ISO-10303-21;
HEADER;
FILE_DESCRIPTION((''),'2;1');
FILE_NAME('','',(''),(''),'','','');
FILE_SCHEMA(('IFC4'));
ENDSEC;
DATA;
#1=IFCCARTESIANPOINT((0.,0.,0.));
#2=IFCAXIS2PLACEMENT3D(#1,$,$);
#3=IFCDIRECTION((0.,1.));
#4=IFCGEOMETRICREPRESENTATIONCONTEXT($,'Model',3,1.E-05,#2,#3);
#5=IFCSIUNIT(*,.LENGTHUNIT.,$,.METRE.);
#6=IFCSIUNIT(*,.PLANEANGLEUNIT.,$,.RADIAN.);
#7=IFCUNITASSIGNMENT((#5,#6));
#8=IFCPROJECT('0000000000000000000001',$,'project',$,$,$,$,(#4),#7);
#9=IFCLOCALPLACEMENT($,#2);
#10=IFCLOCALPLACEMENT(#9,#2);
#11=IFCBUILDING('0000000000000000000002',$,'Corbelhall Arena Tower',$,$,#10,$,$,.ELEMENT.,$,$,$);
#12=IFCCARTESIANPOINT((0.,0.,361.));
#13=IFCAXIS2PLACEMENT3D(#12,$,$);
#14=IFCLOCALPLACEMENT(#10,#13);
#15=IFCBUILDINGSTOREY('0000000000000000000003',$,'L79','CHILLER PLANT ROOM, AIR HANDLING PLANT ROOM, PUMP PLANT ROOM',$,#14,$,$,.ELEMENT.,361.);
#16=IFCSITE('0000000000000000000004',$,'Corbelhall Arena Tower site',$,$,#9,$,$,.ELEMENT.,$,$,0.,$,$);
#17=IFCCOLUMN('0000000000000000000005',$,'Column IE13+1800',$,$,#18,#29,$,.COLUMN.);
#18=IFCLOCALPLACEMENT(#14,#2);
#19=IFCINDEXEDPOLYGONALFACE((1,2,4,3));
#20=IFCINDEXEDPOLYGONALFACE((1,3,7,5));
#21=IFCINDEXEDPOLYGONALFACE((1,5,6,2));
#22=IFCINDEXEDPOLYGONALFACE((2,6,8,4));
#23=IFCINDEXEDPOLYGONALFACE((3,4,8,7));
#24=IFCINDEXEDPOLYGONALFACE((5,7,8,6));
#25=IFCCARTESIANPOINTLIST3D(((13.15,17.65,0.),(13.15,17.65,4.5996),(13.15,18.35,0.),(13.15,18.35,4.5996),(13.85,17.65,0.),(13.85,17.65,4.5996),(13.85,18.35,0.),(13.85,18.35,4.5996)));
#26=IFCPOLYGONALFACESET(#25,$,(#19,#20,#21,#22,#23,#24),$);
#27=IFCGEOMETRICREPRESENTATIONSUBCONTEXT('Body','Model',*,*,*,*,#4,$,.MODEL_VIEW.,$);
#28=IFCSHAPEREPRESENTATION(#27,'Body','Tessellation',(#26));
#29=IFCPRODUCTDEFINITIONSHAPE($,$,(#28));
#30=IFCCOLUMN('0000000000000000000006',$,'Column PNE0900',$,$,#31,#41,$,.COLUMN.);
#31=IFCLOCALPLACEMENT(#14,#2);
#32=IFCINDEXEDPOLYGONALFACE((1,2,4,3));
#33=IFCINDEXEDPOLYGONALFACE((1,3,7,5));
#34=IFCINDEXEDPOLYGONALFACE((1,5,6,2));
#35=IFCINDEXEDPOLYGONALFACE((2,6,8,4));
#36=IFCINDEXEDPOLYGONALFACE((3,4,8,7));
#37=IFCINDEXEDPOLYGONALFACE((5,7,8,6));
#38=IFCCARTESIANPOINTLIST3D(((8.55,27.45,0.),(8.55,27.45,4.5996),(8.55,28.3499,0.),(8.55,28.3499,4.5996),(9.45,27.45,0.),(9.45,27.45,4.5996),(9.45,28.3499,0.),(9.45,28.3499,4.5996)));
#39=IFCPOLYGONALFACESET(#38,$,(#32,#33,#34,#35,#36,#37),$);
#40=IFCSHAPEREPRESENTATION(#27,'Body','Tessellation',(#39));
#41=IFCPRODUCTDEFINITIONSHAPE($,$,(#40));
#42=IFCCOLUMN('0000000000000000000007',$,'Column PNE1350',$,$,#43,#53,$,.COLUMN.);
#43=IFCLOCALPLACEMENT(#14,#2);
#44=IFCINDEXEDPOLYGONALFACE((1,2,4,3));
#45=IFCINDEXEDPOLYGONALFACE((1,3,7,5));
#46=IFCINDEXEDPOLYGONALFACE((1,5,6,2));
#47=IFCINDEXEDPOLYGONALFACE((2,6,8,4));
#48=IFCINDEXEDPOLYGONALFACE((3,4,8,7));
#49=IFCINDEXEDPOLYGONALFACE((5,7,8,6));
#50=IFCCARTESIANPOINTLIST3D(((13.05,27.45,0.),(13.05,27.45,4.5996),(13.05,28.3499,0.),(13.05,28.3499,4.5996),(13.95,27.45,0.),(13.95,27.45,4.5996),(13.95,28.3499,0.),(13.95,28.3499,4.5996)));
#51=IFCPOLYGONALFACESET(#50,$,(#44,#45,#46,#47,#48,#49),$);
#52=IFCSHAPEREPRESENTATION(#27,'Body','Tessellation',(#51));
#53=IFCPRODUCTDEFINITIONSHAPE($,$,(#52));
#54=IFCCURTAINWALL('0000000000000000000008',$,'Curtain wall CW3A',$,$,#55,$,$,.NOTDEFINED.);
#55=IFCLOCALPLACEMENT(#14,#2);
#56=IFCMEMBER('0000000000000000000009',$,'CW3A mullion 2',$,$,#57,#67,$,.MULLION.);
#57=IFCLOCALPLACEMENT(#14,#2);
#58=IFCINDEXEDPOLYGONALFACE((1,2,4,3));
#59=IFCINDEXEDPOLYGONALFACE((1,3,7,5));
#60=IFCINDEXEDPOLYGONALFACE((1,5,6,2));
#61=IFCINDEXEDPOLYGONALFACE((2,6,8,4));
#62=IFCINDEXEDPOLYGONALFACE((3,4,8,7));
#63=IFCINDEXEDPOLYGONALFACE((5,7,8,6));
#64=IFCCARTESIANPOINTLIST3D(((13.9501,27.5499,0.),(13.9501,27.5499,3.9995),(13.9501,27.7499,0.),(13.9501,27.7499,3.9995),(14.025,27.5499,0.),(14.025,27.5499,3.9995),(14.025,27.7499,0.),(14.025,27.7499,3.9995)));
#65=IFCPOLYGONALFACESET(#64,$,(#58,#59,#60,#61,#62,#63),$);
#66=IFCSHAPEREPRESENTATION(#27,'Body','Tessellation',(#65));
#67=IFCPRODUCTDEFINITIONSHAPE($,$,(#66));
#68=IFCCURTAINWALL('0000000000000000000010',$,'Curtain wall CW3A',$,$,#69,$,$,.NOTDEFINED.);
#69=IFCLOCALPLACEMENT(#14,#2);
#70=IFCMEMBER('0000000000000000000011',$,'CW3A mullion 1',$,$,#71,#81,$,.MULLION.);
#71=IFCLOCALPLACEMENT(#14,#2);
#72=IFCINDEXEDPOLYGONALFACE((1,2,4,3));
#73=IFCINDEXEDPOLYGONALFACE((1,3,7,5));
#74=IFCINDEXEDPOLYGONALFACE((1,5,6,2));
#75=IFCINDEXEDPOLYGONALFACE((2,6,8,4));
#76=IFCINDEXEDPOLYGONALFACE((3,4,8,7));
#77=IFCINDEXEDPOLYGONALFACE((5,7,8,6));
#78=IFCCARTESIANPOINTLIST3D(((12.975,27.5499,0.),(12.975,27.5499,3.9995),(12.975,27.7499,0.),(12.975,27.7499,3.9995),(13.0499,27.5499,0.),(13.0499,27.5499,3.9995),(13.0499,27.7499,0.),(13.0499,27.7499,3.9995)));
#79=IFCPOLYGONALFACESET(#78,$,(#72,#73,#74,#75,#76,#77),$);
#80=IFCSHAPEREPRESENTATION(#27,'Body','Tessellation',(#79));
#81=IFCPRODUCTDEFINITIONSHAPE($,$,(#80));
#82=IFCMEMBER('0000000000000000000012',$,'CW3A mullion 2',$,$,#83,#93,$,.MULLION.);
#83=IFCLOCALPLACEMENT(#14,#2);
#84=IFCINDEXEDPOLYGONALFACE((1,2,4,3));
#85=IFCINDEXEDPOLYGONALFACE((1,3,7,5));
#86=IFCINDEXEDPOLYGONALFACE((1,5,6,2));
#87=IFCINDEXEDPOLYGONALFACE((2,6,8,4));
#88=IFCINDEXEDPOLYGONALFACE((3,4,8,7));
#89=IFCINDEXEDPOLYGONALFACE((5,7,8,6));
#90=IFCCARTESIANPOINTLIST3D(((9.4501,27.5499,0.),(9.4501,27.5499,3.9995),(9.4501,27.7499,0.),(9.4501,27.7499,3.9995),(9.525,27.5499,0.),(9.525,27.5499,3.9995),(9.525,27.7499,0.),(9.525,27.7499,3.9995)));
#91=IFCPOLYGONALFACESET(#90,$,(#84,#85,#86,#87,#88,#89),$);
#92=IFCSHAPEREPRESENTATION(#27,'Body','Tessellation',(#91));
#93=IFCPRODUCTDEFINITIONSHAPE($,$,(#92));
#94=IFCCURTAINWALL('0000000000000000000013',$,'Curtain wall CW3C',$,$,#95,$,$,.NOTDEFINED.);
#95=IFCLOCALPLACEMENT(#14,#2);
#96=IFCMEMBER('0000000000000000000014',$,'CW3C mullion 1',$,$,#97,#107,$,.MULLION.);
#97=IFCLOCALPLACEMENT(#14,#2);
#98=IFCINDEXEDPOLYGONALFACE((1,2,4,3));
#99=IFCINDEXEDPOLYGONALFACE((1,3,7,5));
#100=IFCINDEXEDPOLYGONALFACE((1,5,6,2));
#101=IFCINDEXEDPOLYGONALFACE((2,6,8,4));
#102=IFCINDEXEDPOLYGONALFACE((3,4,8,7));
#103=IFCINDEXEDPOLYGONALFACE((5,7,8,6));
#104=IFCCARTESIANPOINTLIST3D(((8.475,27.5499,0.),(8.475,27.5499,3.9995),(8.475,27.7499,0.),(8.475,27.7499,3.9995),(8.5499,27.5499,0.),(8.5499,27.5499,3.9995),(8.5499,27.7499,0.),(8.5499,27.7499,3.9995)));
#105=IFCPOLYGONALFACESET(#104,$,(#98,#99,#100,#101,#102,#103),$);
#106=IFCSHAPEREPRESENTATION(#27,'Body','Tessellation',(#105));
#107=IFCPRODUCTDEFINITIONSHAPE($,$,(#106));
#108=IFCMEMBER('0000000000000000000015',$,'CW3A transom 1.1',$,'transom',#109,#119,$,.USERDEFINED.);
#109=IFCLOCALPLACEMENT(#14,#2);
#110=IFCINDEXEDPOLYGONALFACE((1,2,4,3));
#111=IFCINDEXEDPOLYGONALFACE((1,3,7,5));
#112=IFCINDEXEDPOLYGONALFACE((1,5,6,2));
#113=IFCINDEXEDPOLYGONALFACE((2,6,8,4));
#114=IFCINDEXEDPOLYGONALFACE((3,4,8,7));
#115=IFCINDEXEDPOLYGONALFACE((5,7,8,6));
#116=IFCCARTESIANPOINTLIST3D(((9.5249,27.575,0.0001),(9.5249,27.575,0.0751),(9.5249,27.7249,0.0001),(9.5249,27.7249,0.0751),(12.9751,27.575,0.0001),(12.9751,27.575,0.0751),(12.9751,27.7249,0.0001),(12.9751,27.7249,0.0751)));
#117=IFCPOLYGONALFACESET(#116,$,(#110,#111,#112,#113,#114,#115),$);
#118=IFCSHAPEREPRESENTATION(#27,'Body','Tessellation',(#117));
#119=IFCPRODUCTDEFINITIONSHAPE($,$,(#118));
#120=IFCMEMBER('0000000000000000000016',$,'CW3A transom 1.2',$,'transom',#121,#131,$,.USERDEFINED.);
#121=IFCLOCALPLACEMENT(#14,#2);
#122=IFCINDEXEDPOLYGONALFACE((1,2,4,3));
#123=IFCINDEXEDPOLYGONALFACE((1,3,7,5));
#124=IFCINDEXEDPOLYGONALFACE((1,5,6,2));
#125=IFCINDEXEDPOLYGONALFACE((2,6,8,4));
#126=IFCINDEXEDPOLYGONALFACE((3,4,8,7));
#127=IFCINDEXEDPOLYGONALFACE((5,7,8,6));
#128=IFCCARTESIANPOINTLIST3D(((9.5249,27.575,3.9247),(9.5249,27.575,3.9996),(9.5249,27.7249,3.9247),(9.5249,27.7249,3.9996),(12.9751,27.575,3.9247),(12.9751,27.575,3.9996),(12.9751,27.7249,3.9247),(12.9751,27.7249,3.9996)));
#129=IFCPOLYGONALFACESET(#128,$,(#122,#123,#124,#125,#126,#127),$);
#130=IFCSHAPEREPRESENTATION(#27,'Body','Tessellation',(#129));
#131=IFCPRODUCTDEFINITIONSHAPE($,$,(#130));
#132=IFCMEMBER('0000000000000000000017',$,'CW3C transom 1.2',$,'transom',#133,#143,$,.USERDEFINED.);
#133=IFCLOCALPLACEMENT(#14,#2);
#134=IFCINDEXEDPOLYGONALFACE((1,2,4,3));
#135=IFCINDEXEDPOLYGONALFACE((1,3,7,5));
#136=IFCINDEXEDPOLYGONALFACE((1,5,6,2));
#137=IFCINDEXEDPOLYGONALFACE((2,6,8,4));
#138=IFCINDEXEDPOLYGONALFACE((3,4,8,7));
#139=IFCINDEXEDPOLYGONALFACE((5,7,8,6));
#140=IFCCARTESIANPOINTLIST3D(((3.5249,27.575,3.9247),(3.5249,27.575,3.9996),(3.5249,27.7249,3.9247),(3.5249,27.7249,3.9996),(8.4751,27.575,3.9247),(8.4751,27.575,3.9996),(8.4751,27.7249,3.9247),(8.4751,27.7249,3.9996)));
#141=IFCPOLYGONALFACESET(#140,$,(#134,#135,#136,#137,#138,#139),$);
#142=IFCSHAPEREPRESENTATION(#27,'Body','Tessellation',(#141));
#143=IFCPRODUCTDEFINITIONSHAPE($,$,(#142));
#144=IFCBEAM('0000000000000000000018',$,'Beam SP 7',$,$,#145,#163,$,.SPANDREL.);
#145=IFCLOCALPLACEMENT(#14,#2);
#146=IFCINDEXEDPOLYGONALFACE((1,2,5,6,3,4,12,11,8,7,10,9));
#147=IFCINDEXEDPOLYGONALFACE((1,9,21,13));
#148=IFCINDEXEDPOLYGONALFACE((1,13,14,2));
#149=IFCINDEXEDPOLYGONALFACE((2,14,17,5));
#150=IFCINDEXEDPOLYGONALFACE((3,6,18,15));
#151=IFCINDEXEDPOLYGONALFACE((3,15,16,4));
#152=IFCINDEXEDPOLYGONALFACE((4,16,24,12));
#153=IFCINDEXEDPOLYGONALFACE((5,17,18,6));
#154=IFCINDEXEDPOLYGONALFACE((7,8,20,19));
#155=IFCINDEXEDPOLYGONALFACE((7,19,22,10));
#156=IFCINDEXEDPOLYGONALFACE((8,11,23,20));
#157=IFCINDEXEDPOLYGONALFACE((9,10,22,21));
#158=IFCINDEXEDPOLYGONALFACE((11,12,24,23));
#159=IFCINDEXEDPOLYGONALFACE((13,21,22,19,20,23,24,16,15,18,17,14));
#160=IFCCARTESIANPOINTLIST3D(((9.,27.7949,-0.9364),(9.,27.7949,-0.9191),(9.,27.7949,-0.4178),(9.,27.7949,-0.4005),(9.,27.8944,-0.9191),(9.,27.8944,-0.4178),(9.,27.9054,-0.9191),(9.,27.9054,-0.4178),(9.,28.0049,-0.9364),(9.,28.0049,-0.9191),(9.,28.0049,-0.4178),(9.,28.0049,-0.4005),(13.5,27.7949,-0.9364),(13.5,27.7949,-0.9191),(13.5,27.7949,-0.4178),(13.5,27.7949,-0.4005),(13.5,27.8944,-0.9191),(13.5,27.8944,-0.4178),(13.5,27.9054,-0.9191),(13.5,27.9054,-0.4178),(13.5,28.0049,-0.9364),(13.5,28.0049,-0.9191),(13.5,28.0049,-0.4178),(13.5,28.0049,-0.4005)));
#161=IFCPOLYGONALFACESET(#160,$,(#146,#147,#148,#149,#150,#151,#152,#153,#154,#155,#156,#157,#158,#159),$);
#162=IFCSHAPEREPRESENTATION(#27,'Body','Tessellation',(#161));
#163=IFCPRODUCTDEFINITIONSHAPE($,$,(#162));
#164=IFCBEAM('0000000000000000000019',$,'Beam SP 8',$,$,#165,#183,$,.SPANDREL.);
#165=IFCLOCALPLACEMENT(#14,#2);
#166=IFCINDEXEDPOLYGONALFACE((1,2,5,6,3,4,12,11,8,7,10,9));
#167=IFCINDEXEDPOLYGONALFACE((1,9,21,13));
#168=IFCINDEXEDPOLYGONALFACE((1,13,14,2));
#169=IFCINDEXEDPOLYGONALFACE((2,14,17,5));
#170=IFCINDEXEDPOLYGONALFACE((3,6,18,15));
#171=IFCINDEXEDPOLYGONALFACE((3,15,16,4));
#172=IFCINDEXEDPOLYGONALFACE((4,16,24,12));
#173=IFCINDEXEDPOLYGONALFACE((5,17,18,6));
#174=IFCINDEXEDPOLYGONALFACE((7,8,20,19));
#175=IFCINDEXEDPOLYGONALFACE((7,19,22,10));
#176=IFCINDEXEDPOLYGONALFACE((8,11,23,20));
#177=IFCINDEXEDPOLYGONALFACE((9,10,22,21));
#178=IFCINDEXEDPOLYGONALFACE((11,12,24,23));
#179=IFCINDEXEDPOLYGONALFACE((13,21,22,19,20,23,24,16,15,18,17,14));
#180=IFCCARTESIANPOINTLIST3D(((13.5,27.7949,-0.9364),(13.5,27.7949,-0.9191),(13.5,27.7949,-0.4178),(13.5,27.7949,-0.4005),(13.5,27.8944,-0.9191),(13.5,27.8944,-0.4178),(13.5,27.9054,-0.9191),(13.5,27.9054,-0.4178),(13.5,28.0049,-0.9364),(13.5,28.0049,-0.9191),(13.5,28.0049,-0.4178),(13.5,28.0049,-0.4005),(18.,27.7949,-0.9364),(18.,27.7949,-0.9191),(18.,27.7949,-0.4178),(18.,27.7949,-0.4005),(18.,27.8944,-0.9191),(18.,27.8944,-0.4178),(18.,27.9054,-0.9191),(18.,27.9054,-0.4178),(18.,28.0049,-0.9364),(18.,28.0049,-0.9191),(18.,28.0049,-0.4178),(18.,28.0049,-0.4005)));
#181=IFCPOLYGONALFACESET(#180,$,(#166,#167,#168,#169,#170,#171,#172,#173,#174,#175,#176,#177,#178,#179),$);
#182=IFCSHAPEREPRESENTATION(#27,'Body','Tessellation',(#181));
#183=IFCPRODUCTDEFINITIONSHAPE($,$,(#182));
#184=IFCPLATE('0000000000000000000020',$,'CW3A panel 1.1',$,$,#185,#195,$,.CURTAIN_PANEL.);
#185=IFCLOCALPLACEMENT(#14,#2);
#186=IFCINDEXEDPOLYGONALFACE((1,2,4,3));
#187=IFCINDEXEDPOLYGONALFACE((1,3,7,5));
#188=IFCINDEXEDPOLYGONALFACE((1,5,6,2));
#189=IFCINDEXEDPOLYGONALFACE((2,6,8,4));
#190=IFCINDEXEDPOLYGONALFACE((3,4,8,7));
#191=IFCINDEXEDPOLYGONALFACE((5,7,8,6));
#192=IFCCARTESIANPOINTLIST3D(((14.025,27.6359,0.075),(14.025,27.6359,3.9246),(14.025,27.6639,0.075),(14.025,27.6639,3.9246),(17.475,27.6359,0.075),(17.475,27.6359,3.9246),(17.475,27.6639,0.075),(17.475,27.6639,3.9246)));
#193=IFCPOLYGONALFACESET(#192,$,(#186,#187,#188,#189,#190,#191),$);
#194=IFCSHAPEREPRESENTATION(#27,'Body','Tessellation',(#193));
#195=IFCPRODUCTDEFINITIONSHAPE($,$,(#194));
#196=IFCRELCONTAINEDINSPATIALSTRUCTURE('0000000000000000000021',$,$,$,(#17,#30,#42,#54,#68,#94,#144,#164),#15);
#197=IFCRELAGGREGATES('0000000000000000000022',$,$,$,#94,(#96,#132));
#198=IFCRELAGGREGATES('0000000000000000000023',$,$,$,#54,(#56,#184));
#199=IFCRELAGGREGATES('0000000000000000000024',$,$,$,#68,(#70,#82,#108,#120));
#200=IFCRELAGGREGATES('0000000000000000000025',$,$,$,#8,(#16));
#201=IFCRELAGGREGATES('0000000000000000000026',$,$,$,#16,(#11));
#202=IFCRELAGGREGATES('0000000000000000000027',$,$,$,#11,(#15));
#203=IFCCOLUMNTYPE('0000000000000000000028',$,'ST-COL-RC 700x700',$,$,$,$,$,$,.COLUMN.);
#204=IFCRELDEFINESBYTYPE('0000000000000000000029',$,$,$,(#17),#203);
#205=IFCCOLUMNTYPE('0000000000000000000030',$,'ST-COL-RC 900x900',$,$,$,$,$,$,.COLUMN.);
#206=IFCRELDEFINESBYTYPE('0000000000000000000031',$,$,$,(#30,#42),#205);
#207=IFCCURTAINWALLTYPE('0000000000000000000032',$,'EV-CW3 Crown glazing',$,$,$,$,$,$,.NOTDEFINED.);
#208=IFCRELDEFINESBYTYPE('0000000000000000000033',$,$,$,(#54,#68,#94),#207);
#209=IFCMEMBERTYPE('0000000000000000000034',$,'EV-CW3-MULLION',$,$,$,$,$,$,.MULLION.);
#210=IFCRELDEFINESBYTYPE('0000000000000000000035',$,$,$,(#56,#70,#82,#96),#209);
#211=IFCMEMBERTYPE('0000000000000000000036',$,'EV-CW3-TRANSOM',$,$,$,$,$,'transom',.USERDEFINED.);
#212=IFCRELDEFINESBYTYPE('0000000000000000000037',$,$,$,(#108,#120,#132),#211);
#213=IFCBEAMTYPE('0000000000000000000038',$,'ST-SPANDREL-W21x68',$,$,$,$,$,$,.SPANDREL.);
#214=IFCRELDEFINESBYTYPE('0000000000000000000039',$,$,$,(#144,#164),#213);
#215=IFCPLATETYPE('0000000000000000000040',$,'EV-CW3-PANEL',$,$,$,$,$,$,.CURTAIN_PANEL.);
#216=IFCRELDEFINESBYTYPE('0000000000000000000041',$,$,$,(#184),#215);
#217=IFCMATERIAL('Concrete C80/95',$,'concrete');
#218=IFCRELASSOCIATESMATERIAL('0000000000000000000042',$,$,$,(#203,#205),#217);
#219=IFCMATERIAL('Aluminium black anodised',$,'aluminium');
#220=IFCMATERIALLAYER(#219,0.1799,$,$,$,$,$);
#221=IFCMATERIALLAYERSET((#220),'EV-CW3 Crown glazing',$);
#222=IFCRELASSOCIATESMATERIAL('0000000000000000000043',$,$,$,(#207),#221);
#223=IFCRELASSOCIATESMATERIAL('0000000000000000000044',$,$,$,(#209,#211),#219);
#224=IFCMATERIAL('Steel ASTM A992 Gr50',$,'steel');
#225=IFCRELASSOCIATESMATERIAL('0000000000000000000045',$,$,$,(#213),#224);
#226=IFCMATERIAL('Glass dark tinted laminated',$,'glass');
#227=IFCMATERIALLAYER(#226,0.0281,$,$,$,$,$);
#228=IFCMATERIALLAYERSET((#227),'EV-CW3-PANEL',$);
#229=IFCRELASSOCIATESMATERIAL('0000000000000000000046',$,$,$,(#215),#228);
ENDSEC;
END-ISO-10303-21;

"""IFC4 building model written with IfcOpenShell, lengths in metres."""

from ifc_helpers import new_model, si_unit, direction, frame, origin, origin_2d, place, context, subcontext, project, spatial, rectangle, i_section, extrude, material, layer, layer_set, material_profile, profile_set, type_object, element, aggregate, save


model = new_model("IFC4")

# Units and contexts
model_context = context("Model", 3, precision=1e-05, world=origin(), true_north=direction((0.0, 1.0)))
body_context = subcontext(model_context, "Body", "Model", "MODEL_VIEW")
ifc_project = project(units=[si_unit("LENGTHUNIT", "METRE"), si_unit("PLANEANGLEUNIT", "RADIAN")], contexts=[model_context])

# Site, building, storey
site_placement = place(None, origin())
site = spatial("IfcSite", under=ifc_project, at=site_placement, Name="Corbelhall Arena Tower site", CompositionType="ELEMENT", RefElevation=0.0)
building_placement = place(site_placement, origin())
building = spatial("IfcBuilding", under=site, at=building_placement, Name="Corbelhall Arena Tower", CompositionType="ELEMENT")
storey_placement = place(building_placement, frame((0.0, 0.0, 361.0)))
storey = spatial("IfcBuildingStorey", under=building, at=storey_placement, Name="L79", Description="CHILLER PLANT ROOM, AIR HANDLING PLANT ROOM, PUMP PLANT ROOM", CompositionType="ELEMENT", Elevation=361.0)

# Columns
ifc_material_1 = material(Name="Concrete C80/95", Category="concrete")
ifc_material_profile_1 = material_profile(ifc_material_1, rectangle(XDim=0.7, YDim=0.7, at=origin_2d()))
ifc_profile_set_1 = profile_set([ifc_material_profile_1], Name="Concrete C80/95")
column_type_1 = type_object("IfcColumnType", Name="ST-COL-RC 700x700", PredefinedType="COLUMN", material=ifc_profile_set_1)
column_placement = place(storey_placement, frame((13.5, 18.0, 0.0), z_axis=(0.0, 0.0, 1.0), x_axis=(1.0, 0.0, 0.0)))
element("IfcColumn", 1, at=column_placement, inside=storey, type_object=column_type_1, Name="Column IE13+1800", PredefinedType="COLUMN", context=body_context, shape_type="SweptSolid", body=[
    extrude(rectangle(XDim=0.7, YDim=0.7, at=origin_2d()), origin(), (0.0, 0.0, 1.0), 4.5996),
])
ifc_material_profile_2 = material_profile(ifc_material_1, rectangle(XDim=0.8999, YDim=0.8999, at=origin_2d()))
ifc_profile_set_2 = profile_set([ifc_material_profile_2], Name="Concrete C80/95")
column_type_2 = type_object("IfcColumnType", Name="ST-COL-RC 900x900", PredefinedType="COLUMN", material=ifc_profile_set_2)
for number, where, z_axis, x_axis, name in (
    (2, (9.0, 27.8999, 0.0), (0.0, 0.0, 1.0), (1.0, 0.0, 0.0), "Column PNE0900"),
    (3, (13.5, 27.8999, 0.0), (0.0, 0.0, 1.0), (1.0, 0.0, 0.0), "Column PNE1350"),
):
    element("IfcColumn", number, at=place(storey_placement, frame(where, z_axis=z_axis, x_axis=x_axis)), inside=storey, type_object=column_type_2, Name=name, PredefinedType="COLUMN", context=body_context, shape_type="SweptSolid", body=[
        extrude(rectangle(XDim=0.8999, YDim=0.8999, at=origin_2d()), origin(), (0.0, 0.0, 1.0), 4.5996),
    ])

# Curtain wall, member
ifc_material_2 = material(Name="Aluminium black anodised", Category="aluminium")
ifc_layer_1 = layer(ifc_material_2, 0.1799)
ifc_layer_set_1 = layer_set([ifc_layer_1], Name="EV-CW3 Crown glazing")
curtain_wall_type = type_object("IfcCurtainWallType", Name="EV-CW3 Crown glazing", PredefinedType="NOTDEFINED", material=ifc_layer_set_1)
curtain_wall_1_placement = place(storey_placement, origin())
curtain_wall_1 = element("IfcCurtainWall", 4, at=curtain_wall_1_placement, inside=storey, type_object=curtain_wall_type, Name="Curtain wall CW3A", PredefinedType="NOTDEFINED")
ifc_material_profile_3 = material_profile(ifc_material_2, rectangle(XDim=0.2, YDim=0.075, at=origin_2d()))
ifc_profile_set_3 = profile_set([ifc_material_profile_3], Name="Aluminium black anodised")
member_type_1 = type_object("IfcMemberType", Name="EV-CW3-MULLION", PredefinedType="MULLION", material=ifc_profile_set_3)
member_1_placement = place(storey_placement, frame((13.9875, 27.6499, 0.0), z_axis=(0.0, 0.0, 1.0), x_axis=(0.0, -1.0, 0.0)))
member_1 = element("IfcMember", 5, at=member_1_placement, type_object=member_type_1, Name="CW3A mullion 2", PredefinedType="MULLION", context=body_context, shape_type="SweptSolid", body=[
    extrude(rectangle(XDim=0.2, YDim=0.075, at=origin_2d()), origin(), (0.0, 0.0, 1.0), 3.9995),
])

# Curtain wall, members
curtain_wall_2_placement = place(storey_placement, origin())
curtain_wall_2 = element("IfcCurtainWall", 6, at=curtain_wall_2_placement, inside=storey, type_object=curtain_wall_type, Name="Curtain wall CW3A", PredefinedType="NOTDEFINED")
member_2_placement = place(storey_placement, frame((13.0125, 27.6499, 0.0), z_axis=(0.0, 0.0, 1.0), x_axis=(0.0, -1.0, 0.0)))
member_2 = element("IfcMember", 7, at=member_2_placement, type_object=member_type_1, Name="CW3A mullion 1", PredefinedType="MULLION", context=body_context, shape_type="SweptSolid", body=[
    extrude(rectangle(XDim=0.2, YDim=0.075, at=origin_2d()), origin(), (0.0, 0.0, 1.0), 3.9995),
])
member_3_placement = place(storey_placement, frame((9.4875, 27.6499, 0.0), z_axis=(0.0, 0.0, 1.0), x_axis=(0.0, -1.0, 0.0)))
member_3 = element("IfcMember", 8, at=member_3_placement, type_object=member_type_1, Name="CW3A mullion 2", PredefinedType="MULLION", context=body_context, shape_type="SweptSolid", body=[
    extrude(rectangle(XDim=0.2, YDim=0.075, at=origin_2d()), origin(), (0.0, 0.0, 1.0), 3.9995),
])

# Curtain wall, member
curtain_wall_3_placement = place(storey_placement, origin())
curtain_wall_3 = element("IfcCurtainWall", 9, at=curtain_wall_3_placement, inside=storey, type_object=curtain_wall_type, Name="Curtain wall CW3C", PredefinedType="NOTDEFINED")
member_4_placement = place(storey_placement, frame((8.5125, 27.6499, 0.0), z_axis=(0.0, 0.0, 1.0), x_axis=(0.0, -1.0, 0.0)))
member_4 = element("IfcMember", 10, at=member_4_placement, type_object=member_type_1, Name="CW3C mullion 1", PredefinedType="MULLION", context=body_context, shape_type="SweptSolid", body=[
    extrude(rectangle(XDim=0.2, YDim=0.075, at=origin_2d()), origin(), (0.0, 0.0, 1.0), 3.9995),
])

# Members
ifc_material_profile_4 = material_profile(ifc_material_2, rectangle(XDim=0.1499, YDim=0.075, at=origin_2d()))
ifc_profile_set_4 = profile_set([ifc_material_profile_4], Name="Aluminium black anodised")
member_type_2 = type_object("IfcMemberType", Name="EV-CW3-TRANSOM", ElementType="transom", PredefinedType="USERDEFINED", material=ifc_profile_set_4)
member_5_placement = place(storey_placement, frame((12.9751, 27.6499, 0.0376), z_axis=(-1.0, 0.0, 0.0), x_axis=(0.0, -1.0, 0.0)))
member_5 = element("IfcMember", 11, at=member_5_placement, type_object=member_type_2, Name="CW3A transom 1.1", ObjectType="transom", PredefinedType="USERDEFINED", context=body_context, shape_type="SweptSolid", body=[
    extrude(rectangle(XDim=0.1499, YDim=0.075, at=origin_2d()), origin(), (0.0, 0.0, 1.0), 3.4502),
])
member_6_placement = place(storey_placement, frame((12.9751, 27.6499, 3.9622), z_axis=(-1.0, 0.0, 0.0), x_axis=(0.0, -1.0, 0.0)))
member_6 = element("IfcMember", 12, at=member_6_placement, type_object=member_type_2, Name="CW3A transom 1.2", ObjectType="transom", PredefinedType="USERDEFINED", context=body_context, shape_type="SweptSolid", body=[
    extrude(rectangle(XDim=0.1499, YDim=0.075, at=origin_2d()), origin(), (0.0, 0.0, 1.0), 3.4502),
])
member_7_placement = place(storey_placement, frame((8.4751, 27.6499, 3.9622), z_axis=(-1.0, 0.0, 0.0), x_axis=(0.0, -1.0, 0.0)))
member_7 = element("IfcMember", 13, at=member_7_placement, type_object=member_type_2, Name="CW3C transom 1.2", ObjectType="transom", PredefinedType="USERDEFINED", context=body_context, shape_type="SweptSolid", body=[
    extrude(rectangle(XDim=0.1499, YDim=0.075, at=origin_2d()), origin(), (0.0, 0.0, 1.0), 4.9502),
])
aggregate(curtain_wall_3, [member_4, member_7])

# Beams
ifc_material_3 = material(Name="Steel ASTM A992 Gr50", Category="steel")
ifc_material_profile_5 = material_profile(ifc_material_3, i_section(OverallWidth=0.21, OverallDepth=0.5359, WebThickness=0.011, FlangeThickness=0.0173, at=origin_2d()))
ifc_profile_set_5 = profile_set([ifc_material_profile_5], Name="Steel ASTM A992 Gr50")
beam_type = type_object("IfcBeamType", Name="ST-SPANDREL-W21x68", PredefinedType="SPANDREL", material=ifc_profile_set_5)
for number, where, z_axis, x_axis, name in (
    (14, (9.0, 27.8999, -0.6685), (1.0, 0.0, 0.0), (0.0, 1.0, 0.0), "Beam SP 7"),
    (15, (13.5, 27.8999, -0.6685), (1.0, 0.0, 0.0), (0.0, 1.0, 0.0), "Beam SP 8"),
):
    element("IfcBeam", number, at=place(storey_placement, frame(where, z_axis=z_axis, x_axis=x_axis)), inside=storey, type_object=beam_type, Name=name, PredefinedType="SPANDREL", context=body_context, shape_type="SweptSolid", body=[
        extrude(i_section(OverallWidth=0.21, OverallDepth=0.5359, WebThickness=0.011, FlangeThickness=0.0173, at=origin_2d()), origin(), (0.0, 0.0, 1.0), 4.5),
    ])

# Plate
ifc_material_4 = material(Name="Glass dark tinted laminated", Category="glass")
ifc_layer_2 = layer(ifc_material_4, 0.0281)
ifc_layer_set_2 = layer_set([ifc_layer_2], Name="EV-CW3-PANEL")
plate_type = type_object("IfcPlateType", Name="EV-CW3-PANEL", PredefinedType="CURTAIN_PANEL", material=ifc_layer_set_2)
plate_1_placement = place(storey_placement, frame((15.75, 27.6499, 0.075), z_axis=(0.0, 0.0, 1.0), x_axis=(-1.0, 0.0, 0.0)))
plate_1 = element("IfcPlate", 16, at=plate_1_placement, type_object=plate_type, Name="CW3A panel 1.1", PredefinedType="CURTAIN_PANEL", context=body_context, shape_type="SweptSolid", body=[
    extrude(rectangle(XDim=3.45, YDim=0.0281, at=origin_2d()), origin(), (0.0, 0.0, 1.0), 3.8496),
])
aggregate(curtain_wall_1, [member_1, plate_1])
aggregate(curtain_wall_2, [member_2, member_3, member_5, member_6])

save(model, "model.ifc")
